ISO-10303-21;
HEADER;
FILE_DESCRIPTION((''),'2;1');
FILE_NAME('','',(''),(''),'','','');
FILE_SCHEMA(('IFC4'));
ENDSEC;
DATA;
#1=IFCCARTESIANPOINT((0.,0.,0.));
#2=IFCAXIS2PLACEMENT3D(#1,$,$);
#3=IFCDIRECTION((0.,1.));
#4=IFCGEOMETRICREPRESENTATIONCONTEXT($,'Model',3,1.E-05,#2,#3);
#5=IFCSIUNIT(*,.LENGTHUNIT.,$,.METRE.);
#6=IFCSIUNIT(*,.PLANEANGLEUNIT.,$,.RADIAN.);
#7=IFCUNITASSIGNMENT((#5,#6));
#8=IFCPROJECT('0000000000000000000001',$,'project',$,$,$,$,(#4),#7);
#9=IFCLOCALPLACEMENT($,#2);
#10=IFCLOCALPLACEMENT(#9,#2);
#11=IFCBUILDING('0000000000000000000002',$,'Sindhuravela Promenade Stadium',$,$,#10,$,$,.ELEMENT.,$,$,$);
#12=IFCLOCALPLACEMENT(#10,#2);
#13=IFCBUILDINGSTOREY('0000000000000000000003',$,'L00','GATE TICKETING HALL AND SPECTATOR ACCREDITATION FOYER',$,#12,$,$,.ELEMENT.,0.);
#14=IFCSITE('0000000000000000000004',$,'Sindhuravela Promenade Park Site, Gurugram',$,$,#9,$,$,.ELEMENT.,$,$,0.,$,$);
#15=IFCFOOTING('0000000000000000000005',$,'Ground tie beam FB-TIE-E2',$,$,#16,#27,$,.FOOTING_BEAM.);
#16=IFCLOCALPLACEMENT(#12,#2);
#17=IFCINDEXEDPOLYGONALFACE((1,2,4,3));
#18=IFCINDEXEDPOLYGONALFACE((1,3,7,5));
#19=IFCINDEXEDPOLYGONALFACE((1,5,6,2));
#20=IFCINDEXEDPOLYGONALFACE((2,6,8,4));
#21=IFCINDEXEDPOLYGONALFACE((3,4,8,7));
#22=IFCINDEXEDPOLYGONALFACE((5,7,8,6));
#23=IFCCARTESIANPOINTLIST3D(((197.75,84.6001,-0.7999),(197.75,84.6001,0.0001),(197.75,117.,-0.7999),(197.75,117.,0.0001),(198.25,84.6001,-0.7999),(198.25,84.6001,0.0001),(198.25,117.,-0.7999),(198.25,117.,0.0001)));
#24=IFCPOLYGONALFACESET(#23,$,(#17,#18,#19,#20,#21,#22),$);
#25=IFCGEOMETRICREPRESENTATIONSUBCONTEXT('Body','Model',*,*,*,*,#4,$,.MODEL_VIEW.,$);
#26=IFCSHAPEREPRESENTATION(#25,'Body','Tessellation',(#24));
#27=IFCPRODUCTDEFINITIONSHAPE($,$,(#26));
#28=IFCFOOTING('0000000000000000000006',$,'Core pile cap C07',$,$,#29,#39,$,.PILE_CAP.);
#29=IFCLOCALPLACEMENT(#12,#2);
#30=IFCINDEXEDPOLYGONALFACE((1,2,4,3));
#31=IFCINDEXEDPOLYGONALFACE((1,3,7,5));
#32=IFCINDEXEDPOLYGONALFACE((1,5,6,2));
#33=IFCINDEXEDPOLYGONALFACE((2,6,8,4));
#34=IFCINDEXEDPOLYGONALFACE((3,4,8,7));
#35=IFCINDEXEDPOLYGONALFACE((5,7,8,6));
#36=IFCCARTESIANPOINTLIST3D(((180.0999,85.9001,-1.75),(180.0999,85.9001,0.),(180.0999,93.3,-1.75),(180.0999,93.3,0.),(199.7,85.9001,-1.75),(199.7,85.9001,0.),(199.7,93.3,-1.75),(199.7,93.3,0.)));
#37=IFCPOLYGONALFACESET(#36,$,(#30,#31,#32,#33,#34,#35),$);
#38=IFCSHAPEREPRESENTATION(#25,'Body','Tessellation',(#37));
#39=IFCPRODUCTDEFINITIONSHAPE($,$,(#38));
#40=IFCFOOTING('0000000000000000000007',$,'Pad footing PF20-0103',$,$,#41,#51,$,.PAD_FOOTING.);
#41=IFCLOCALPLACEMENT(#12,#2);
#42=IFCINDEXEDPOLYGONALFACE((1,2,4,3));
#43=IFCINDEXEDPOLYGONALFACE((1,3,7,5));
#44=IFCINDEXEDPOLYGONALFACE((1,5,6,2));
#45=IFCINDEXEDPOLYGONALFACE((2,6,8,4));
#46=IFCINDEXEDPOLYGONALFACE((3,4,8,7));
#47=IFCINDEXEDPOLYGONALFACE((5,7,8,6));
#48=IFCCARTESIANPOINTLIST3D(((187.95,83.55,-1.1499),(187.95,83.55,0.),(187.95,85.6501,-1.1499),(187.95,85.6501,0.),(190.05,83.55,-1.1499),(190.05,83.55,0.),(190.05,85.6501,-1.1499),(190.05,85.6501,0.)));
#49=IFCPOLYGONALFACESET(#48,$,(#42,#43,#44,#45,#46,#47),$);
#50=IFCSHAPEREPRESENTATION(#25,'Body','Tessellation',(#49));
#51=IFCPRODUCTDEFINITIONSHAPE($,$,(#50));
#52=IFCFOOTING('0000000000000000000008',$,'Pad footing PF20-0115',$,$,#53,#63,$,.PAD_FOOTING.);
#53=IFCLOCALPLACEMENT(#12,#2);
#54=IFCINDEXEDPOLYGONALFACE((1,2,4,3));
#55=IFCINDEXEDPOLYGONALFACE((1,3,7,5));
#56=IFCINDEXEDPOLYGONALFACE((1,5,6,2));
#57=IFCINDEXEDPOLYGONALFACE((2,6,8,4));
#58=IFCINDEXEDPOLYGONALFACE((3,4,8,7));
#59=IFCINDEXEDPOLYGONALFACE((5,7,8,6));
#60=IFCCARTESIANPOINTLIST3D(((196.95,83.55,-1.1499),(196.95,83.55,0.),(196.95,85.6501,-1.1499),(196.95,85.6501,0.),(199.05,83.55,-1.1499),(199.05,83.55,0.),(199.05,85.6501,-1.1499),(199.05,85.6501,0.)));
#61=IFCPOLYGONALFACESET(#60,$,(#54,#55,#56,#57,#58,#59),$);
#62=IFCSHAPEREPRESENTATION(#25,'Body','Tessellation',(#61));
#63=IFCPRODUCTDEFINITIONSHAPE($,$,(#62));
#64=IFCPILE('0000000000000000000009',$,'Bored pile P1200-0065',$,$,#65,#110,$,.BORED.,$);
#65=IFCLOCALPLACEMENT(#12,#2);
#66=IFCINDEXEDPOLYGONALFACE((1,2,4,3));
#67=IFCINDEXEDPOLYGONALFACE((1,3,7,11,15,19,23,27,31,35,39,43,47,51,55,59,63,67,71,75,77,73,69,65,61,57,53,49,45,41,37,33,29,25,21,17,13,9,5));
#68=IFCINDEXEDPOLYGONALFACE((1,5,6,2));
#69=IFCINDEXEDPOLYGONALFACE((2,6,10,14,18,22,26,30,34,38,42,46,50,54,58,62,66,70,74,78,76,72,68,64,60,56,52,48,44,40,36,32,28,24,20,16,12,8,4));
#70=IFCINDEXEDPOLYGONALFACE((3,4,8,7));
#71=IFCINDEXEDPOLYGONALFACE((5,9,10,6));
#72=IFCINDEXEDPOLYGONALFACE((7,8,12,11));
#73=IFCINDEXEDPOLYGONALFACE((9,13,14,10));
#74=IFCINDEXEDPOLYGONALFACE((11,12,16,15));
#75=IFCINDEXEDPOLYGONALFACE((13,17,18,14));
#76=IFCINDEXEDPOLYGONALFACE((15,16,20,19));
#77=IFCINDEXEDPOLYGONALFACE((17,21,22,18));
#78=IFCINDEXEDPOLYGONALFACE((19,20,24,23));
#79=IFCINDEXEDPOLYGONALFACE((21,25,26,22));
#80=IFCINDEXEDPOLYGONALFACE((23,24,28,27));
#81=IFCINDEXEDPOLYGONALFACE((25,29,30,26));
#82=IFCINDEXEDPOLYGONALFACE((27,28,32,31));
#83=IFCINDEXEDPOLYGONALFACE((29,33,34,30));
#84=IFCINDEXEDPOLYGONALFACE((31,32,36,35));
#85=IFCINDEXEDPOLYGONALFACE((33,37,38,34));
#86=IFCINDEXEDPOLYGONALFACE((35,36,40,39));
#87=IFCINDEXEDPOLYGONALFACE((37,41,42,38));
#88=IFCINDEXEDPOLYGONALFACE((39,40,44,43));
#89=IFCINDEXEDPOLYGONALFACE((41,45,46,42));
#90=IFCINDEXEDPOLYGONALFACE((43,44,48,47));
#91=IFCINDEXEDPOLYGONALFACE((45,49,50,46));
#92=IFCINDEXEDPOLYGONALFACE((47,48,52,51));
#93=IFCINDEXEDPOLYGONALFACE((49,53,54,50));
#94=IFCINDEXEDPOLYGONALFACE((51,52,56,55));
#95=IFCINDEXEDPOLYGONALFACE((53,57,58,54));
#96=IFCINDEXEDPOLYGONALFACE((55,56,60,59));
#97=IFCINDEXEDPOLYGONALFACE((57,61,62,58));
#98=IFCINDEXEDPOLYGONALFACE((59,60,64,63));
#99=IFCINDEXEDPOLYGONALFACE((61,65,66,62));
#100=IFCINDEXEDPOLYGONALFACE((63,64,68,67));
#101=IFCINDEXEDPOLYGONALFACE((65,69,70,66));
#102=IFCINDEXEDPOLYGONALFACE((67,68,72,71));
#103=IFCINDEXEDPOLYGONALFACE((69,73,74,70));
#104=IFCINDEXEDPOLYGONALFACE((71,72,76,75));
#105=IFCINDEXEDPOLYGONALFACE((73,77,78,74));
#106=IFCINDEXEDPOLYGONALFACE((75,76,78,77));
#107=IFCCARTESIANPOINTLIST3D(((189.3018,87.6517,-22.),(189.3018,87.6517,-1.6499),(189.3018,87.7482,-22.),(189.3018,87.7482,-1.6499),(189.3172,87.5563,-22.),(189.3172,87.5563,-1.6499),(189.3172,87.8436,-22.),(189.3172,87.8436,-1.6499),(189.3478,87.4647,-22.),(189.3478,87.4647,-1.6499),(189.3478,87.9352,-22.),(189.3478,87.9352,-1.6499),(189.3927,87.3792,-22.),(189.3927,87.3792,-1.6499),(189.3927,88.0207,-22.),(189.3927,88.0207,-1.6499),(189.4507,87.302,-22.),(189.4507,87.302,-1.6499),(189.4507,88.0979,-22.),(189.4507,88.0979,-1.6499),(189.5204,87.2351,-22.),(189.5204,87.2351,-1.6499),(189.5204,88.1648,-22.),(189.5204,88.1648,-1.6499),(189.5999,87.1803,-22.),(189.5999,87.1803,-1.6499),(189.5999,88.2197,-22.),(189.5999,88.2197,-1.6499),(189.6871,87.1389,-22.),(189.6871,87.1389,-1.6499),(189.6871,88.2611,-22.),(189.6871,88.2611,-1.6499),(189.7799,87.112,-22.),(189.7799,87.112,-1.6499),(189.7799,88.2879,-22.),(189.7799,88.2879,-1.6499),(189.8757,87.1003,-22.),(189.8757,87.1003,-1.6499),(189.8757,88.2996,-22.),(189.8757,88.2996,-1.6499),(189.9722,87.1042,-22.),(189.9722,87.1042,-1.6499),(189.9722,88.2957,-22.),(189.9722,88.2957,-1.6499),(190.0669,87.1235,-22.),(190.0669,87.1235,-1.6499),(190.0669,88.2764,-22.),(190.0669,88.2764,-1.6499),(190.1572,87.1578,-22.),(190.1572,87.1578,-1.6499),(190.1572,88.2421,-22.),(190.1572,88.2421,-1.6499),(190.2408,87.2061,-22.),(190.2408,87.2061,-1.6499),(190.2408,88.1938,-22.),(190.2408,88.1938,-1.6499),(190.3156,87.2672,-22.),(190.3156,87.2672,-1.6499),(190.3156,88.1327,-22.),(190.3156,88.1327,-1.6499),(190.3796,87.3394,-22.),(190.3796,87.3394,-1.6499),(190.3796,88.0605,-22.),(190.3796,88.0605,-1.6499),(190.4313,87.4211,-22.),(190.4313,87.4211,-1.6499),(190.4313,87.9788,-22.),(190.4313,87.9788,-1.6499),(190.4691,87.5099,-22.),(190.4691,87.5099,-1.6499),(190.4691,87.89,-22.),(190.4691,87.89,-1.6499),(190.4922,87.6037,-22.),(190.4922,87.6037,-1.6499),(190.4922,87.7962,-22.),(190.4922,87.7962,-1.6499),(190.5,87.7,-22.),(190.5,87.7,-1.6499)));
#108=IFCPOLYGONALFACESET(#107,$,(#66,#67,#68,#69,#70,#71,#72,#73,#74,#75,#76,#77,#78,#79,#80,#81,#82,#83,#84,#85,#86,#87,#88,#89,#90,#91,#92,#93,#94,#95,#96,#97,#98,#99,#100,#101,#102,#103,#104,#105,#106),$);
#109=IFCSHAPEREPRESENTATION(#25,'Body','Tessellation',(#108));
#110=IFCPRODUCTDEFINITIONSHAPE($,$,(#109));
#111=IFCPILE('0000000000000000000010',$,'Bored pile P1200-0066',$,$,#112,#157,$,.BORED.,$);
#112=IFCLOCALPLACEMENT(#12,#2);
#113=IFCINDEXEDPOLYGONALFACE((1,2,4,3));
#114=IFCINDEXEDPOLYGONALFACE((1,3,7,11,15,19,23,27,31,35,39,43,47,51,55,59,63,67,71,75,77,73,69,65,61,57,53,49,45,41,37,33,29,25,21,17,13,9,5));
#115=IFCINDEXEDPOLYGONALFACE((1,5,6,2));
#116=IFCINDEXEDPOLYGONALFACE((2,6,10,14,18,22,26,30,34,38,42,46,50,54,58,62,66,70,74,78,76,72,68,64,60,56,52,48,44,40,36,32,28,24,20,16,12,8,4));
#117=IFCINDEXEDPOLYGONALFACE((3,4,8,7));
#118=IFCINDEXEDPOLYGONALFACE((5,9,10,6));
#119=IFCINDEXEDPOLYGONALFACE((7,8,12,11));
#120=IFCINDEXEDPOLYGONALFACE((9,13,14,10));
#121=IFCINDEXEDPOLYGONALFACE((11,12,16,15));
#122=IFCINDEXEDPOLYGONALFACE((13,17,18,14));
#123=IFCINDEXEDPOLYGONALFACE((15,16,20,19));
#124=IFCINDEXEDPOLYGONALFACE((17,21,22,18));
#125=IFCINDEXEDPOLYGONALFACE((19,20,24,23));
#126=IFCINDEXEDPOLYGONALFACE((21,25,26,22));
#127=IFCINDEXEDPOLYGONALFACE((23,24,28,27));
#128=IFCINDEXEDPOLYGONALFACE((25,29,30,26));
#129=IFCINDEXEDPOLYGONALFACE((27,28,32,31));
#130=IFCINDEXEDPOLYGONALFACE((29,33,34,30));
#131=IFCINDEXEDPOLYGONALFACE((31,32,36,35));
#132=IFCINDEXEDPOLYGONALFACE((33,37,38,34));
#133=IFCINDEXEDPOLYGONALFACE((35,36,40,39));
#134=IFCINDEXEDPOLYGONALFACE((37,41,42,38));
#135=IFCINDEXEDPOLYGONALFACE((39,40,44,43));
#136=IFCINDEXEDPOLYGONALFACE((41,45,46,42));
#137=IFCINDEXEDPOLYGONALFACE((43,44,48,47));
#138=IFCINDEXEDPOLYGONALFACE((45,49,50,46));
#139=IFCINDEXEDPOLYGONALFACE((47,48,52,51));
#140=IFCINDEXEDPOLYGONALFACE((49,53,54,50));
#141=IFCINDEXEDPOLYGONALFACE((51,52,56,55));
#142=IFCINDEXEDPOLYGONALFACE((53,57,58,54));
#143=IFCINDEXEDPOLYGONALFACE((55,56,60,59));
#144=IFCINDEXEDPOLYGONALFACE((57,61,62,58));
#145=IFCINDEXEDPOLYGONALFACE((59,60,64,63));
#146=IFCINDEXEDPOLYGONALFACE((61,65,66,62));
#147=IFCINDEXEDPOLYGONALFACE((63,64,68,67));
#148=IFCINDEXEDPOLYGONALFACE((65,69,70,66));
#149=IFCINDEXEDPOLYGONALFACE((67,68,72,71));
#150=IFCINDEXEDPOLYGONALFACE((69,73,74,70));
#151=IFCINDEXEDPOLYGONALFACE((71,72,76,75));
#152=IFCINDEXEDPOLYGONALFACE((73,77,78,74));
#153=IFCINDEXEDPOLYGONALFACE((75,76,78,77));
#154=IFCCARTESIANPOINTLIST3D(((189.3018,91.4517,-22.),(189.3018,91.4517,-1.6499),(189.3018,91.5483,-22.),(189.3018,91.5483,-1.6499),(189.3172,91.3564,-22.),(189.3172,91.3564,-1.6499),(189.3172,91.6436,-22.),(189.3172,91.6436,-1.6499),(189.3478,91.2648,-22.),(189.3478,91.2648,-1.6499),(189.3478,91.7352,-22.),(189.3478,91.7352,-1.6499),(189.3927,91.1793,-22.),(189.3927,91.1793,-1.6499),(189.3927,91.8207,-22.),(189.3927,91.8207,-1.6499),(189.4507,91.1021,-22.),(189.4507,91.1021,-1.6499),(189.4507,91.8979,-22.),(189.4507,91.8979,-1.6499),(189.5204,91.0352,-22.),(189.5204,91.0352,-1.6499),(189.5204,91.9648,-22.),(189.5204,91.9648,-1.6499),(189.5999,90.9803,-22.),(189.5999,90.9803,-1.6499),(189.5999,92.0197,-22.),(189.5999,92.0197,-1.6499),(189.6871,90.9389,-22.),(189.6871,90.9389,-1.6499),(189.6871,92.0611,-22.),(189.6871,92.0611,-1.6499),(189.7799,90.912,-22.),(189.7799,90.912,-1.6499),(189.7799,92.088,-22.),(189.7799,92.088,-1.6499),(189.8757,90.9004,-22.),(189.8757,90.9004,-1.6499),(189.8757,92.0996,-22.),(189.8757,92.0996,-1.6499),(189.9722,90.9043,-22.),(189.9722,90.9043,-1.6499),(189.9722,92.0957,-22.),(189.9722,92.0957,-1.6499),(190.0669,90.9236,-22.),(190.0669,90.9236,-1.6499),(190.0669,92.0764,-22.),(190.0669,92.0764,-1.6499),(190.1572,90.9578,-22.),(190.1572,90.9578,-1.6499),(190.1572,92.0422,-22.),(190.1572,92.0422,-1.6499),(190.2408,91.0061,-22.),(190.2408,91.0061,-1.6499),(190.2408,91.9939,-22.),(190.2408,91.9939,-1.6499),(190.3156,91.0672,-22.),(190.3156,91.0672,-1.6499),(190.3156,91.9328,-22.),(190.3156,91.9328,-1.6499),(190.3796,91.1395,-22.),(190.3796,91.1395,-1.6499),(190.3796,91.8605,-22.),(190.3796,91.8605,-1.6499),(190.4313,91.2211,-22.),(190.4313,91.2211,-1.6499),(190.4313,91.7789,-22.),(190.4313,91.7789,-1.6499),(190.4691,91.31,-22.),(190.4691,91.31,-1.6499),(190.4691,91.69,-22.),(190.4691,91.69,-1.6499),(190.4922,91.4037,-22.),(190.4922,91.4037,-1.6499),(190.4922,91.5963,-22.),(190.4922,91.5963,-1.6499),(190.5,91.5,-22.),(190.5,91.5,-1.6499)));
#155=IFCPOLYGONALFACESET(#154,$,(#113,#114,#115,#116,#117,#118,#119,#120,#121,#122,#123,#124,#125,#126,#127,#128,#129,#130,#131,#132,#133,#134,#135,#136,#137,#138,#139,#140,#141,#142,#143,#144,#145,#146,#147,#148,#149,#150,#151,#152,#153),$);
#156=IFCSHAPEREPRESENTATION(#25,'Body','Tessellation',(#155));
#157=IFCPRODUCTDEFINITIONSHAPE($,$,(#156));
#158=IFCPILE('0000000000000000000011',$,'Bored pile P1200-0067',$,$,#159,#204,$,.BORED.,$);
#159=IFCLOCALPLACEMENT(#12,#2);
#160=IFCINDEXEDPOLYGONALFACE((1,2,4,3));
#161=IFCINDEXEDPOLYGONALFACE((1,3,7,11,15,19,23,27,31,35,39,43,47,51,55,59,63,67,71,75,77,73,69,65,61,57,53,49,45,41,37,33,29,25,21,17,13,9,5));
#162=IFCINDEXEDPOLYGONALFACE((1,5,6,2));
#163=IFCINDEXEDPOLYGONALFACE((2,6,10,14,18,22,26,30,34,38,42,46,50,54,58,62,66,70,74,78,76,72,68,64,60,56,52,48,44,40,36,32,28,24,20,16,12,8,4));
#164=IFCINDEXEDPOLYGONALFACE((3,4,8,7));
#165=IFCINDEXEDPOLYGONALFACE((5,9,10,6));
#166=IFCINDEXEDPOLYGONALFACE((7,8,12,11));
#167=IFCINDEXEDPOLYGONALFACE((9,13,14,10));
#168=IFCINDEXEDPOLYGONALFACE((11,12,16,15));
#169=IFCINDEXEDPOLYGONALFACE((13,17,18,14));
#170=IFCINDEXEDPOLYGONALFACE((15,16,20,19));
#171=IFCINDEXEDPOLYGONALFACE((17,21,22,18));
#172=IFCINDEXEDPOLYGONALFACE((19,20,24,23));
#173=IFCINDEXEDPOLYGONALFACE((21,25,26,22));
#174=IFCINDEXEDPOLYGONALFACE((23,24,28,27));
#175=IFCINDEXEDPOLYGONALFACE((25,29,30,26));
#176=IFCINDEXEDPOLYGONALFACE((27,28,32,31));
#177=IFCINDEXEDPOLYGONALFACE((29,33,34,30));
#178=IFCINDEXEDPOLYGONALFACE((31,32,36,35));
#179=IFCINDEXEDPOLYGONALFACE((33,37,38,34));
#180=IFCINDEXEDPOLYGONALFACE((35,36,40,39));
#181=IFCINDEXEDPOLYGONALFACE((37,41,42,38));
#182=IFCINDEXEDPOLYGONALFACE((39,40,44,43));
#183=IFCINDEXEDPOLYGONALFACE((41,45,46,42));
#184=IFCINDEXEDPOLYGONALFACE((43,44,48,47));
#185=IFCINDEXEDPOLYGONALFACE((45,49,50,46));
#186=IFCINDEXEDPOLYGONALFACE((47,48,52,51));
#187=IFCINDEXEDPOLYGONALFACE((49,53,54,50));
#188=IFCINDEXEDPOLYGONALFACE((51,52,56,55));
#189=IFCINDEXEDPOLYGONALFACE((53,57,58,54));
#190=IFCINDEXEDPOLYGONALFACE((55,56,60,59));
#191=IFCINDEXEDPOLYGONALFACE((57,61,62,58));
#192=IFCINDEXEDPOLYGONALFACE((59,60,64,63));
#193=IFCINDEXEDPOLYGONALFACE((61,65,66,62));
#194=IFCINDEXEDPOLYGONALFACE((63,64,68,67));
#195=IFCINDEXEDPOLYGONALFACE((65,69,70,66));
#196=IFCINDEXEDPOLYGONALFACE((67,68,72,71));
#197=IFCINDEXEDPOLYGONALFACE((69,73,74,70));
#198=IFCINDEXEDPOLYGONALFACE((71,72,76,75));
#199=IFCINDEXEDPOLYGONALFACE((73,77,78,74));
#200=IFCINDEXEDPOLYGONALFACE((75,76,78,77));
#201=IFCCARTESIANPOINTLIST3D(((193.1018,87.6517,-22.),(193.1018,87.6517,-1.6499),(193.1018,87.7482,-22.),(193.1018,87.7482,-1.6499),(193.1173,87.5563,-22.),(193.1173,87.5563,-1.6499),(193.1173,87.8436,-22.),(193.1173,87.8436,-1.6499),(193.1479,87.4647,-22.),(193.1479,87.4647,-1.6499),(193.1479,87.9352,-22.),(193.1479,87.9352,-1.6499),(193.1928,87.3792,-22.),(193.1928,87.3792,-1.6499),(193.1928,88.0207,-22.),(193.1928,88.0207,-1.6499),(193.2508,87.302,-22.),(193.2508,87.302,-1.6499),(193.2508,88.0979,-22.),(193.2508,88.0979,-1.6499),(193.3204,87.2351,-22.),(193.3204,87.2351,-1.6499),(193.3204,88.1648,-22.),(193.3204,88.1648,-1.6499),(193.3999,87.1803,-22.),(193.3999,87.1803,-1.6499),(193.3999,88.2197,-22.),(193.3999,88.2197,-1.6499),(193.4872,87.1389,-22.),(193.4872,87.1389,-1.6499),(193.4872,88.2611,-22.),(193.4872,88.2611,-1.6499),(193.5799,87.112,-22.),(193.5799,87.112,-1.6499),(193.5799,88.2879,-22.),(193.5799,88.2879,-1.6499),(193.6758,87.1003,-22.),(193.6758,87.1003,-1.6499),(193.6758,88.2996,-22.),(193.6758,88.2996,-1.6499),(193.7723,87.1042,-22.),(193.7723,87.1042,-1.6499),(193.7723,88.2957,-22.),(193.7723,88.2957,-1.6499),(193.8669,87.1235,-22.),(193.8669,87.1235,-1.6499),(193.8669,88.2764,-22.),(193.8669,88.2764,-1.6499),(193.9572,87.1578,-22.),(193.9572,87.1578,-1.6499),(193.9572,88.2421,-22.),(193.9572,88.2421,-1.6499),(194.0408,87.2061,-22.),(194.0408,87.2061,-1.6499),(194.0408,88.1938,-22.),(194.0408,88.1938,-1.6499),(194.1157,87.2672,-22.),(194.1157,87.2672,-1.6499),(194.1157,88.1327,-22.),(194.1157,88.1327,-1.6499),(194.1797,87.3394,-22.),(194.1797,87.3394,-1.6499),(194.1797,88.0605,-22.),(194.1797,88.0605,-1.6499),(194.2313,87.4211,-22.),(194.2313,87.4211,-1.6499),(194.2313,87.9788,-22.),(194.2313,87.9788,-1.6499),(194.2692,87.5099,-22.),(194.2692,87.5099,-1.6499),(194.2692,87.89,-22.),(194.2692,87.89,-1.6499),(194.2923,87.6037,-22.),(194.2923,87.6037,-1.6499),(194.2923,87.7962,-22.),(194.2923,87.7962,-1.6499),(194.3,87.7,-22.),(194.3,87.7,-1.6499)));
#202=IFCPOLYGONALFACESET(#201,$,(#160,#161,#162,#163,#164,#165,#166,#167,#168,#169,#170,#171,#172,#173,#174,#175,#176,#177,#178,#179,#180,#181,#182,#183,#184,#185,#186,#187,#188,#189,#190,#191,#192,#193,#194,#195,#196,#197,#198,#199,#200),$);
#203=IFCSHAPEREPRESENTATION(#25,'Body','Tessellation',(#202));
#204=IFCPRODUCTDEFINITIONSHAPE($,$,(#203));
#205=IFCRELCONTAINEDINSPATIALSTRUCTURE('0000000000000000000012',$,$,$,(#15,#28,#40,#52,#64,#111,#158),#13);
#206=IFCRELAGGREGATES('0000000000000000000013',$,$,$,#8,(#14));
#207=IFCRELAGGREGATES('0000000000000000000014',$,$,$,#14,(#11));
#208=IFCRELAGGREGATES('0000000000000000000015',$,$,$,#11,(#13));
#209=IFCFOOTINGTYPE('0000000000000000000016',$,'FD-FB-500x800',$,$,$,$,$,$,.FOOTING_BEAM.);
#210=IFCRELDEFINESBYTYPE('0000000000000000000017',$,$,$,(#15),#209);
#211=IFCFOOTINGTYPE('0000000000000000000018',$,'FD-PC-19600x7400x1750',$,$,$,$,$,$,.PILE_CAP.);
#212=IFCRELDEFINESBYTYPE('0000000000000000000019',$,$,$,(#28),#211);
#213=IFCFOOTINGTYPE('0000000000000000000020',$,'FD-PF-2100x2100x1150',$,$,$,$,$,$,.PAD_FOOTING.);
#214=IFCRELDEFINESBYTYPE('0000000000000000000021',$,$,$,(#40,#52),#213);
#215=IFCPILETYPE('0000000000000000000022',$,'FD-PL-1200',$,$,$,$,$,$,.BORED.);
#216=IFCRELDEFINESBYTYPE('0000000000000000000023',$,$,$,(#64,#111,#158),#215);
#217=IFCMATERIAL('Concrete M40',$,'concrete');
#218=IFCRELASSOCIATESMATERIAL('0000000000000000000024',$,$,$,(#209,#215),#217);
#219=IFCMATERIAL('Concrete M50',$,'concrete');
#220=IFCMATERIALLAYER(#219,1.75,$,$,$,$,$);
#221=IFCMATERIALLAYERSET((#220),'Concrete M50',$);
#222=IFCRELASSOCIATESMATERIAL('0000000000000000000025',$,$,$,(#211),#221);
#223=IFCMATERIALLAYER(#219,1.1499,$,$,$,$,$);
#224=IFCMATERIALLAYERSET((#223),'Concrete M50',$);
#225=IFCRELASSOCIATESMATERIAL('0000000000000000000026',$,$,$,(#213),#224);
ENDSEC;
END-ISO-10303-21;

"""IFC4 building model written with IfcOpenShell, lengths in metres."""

from ifc_helpers import new_model, si_unit, direction, frame, origin, origin_2d, place, context, subcontext, project, spatial, rectangle, circle, extrude, material, layer, layer_set, material_profile, profile_set, type_object, element, save


model = new_model("IFC4")

# Units and contexts
model_context = context("Model", 3, precision=1e-05, world=origin(), true_north=direction((0.0, 1.0)))
body_context = subcontext(model_context, "Body", "Model", "MODEL_VIEW")
ifc_project = project(units=[si_unit("LENGTHUNIT", "METRE"), si_unit("PLANEANGLEUNIT", "RADIAN")], contexts=[model_context])

# Site, building, storey
site_placement = place(None, origin())
site = spatial("IfcSite", under=ifc_project, at=site_placement, Name="Sindhuravela Promenade Park Site, Gurugram", CompositionType="ELEMENT", RefElevation=0.0)
building_placement = place(site_placement, origin())
building = spatial("IfcBuilding", under=site, at=building_placement, Name="Sindhuravela Promenade Stadium", CompositionType="ELEMENT")
storey_placement = place(building_placement, origin())
storey = spatial("IfcBuildingStorey", under=building, at=storey_placement, Name="L00", Description="GATE TICKETING HALL AND SPECTATOR ACCREDITATION FOYER", CompositionType="ELEMENT", Elevation=0.0)

# Footings
ifc_material_1 = material(Name="Concrete M40", Category="concrete")
ifc_material_profile_1 = material_profile(ifc_material_1, rectangle(XDim=0.5, YDim=0.8, at=origin_2d()), Name="RC 500x800")
ifc_profile_set_1 = profile_set([ifc_material_profile_1], Name="Concrete M40")
footing_type_1 = type_object("IfcFootingType", Name="FD-FB-500x800", PredefinedType="FOOTING_BEAM", material=ifc_profile_set_1)
footing_1_placement = place(storey_placement, frame((198.0, 84.6001, -0.3999), z_axis=(0.0, 1.0, 0.0), x_axis=(-1.0, 0.0, 0.0)))
element("IfcFooting", 1, at=footing_1_placement, inside=storey, type_object=footing_type_1, Name="Ground tie beam FB-TIE-E2", PredefinedType="FOOTING_BEAM", context=body_context, shape_type="SweptSolid", body=[
    extrude(rectangle(XDim=0.5, YDim=0.8, at=origin_2d()), origin(), (0.0, 0.0, 1.0), 32.3999),
])
ifc_material_2 = material(Name="Concrete M50", Category="concrete")
ifc_layer_1 = layer(ifc_material_2, 1.75)
ifc_layer_set_1 = layer_set([ifc_layer_1], Name="Concrete M50")
footing_type_2 = type_object("IfcFootingType", Name="FD-PC-19600x7400x1750", PredefinedType="PILE_CAP", material=ifc_layer_set_1)
footing_2_placement = place(storey_placement, frame((189.8999, 89.6001, -1.75), z_axis=(0.0, 0.0, 1.0), x_axis=(1.0, 0.0, 0.0)))
element("IfcFooting", 2, at=footing_2_placement, inside=storey, type_object=footing_type_2, Name="Core pile cap C07", PredefinedType="PILE_CAP", context=body_context, shape_type="SweptSolid", body=[
    extrude(rectangle(XDim=19.6001, YDim=7.3999, at=origin_2d()), origin(), (0.0, 0.0, 1.0), 1.75),
])
ifc_layer_2 = layer(ifc_material_2, 1.1499)
ifc_layer_set_2 = layer_set([ifc_layer_2], Name="Concrete M50")
footing_type_3 = type_object("IfcFootingType", Name="FD-PF-2100x2100x1150", PredefinedType="PAD_FOOTING", material=ifc_layer_set_2)
for number, where, z_axis, x_axis, name in (
    (3, (189.0, 84.6001, -1.1499), (0.0, 0.0, 1.0), (1.0, 0.0, 0.0), "Pad footing PF20-0103"),
    (4, (198.0, 84.6001, -1.1499), (0.0, 0.0, 1.0), (1.0, 0.0, 0.0), "Pad footing PF20-0115"),
):
    element("IfcFooting", number, at=place(storey_placement, frame(where, z_axis=z_axis, x_axis=x_axis)), inside=storey, type_object=footing_type_3, Name=name, PredefinedType="PAD_FOOTING", context=body_context, shape_type="SweptSolid", body=[
        extrude(rectangle(XDim=2.1001, YDim=2.1001, at=origin_2d()), origin(), (0.0, 0.0, 1.0), 1.1499),
    ])

# Piles
ifc_material_profile_2 = material_profile(ifc_material_1, circle(Radius=0.6001, at=origin_2d()), Name="BORED PILE D1200")
ifc_profile_set_2 = profile_set([ifc_material_profile_2], Name="Concrete M40")
pile_type = type_object("IfcPileType", Name="FD-PL-1200", PredefinedType="BORED", material=ifc_profile_set_2)
for number, where, z_axis, x_axis, name in (
    (5, (189.8999, 87.7, -1.6499), (0.0, 0.0, -1.0), (1.0, 0.0, 0.0), "Bored pile P1200-0065"),
    (6, (189.8999, 91.5, -1.6499), (0.0, 0.0, -1.0), (1.0, 0.0, 0.0), "Bored pile P1200-0066"),
    (7, (193.7, 87.7, -1.6499), (0.0, 0.0, -1.0), (1.0, 0.0, 0.0), "Bored pile P1200-0067"),
):
    element("IfcPile", number, at=place(storey_placement, frame(where, z_axis=z_axis, x_axis=x_axis)), inside=storey, type_object=pile_type, Name=name, PredefinedType="BORED", context=body_context, shape_type="SweptSolid", body=[
        extrude(circle(Radius=0.6001, at=origin_2d()), origin(), (0.0, 0.0, 1.0), 20.3501),
    ])

save(model, "model.ifc")
